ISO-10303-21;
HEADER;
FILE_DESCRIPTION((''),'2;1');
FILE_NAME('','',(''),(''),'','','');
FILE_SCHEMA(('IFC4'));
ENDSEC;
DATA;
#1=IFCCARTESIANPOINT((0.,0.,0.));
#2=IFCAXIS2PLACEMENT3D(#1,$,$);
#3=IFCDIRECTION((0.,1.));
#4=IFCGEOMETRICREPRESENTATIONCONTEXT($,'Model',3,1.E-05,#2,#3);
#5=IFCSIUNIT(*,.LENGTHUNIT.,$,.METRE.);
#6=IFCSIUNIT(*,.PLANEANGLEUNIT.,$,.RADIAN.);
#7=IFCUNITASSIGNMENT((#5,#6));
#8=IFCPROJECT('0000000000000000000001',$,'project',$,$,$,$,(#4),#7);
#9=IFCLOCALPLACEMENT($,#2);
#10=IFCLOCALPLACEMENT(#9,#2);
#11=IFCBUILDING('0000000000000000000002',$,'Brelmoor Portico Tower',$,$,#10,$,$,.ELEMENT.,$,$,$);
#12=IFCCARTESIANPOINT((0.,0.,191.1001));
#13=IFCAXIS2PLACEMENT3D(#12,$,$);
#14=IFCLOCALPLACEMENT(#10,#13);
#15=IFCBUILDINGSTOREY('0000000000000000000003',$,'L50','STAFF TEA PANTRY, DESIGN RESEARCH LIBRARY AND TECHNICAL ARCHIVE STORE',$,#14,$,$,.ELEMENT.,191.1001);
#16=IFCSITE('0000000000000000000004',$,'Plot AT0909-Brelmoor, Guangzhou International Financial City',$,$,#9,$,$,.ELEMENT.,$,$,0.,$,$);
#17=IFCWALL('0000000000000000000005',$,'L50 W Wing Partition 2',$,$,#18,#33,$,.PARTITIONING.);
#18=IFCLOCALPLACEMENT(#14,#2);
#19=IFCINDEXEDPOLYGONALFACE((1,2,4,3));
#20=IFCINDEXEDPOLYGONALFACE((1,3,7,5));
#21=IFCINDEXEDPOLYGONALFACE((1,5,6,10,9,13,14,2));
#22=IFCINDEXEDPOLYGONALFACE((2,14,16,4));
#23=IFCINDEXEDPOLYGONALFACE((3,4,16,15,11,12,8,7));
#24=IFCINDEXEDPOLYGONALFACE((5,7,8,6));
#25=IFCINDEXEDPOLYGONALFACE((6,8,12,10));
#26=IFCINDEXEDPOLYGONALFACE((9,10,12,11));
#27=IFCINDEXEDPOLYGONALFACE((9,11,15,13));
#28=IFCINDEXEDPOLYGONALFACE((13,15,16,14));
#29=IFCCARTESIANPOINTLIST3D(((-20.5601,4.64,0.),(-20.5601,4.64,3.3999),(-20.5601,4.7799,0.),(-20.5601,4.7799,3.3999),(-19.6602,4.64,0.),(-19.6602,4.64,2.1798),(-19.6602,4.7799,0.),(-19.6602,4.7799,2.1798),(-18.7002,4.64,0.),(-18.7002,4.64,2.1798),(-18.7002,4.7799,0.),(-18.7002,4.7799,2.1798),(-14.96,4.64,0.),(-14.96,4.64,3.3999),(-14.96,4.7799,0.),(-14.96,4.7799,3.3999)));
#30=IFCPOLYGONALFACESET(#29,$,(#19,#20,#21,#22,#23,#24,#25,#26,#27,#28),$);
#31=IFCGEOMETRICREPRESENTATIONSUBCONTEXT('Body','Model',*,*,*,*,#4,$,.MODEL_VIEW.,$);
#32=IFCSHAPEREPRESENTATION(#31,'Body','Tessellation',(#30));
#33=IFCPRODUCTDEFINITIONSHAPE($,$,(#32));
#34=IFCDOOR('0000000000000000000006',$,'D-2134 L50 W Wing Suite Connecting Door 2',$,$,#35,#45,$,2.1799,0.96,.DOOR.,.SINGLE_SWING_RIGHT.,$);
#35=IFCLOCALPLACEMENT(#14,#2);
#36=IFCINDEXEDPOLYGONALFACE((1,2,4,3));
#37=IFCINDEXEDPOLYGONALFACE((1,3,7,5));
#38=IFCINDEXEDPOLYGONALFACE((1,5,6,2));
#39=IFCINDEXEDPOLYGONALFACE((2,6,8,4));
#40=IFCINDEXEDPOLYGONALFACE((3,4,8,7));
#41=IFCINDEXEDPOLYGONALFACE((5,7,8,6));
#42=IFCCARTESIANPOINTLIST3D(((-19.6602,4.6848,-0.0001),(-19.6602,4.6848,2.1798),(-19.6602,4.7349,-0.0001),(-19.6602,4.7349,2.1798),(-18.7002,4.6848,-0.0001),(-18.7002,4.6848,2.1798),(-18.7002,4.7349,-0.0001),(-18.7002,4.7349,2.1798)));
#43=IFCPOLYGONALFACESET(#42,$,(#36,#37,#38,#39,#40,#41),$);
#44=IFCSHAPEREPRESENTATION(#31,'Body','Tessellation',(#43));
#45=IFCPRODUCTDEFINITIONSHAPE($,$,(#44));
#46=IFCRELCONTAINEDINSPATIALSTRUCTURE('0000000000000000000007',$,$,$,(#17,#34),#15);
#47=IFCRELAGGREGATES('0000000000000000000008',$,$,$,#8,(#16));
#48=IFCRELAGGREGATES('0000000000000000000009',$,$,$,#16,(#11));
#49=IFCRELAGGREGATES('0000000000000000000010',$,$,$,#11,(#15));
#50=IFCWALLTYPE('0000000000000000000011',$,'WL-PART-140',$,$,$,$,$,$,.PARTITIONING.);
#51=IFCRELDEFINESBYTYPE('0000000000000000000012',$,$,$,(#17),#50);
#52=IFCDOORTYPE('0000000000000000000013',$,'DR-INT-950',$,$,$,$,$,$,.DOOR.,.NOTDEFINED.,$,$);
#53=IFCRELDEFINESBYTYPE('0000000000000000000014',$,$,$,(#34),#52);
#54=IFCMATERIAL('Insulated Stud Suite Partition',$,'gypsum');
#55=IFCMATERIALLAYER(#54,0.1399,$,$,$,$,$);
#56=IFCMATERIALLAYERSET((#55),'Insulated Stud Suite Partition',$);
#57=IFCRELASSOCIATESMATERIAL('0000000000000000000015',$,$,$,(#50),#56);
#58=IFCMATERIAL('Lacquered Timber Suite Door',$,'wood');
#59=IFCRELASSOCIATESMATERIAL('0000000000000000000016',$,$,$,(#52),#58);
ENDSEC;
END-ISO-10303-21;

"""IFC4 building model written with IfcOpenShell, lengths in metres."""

from ifc_helpers import new_model, si_unit, direction, frame, frame_2d, origin, place, context, subcontext, project, spatial, rectangle, extrude, material, layer, layer_set, type_object, element, fill, save


model = new_model("IFC4")

# Units and contexts
model_context = context("Model", 3, precision=1e-05, world=origin(), true_north=direction((0.0, 1.0)))
body_context = subcontext(model_context, "Body", "Model", "MODEL_VIEW")
ifc_project = project(units=[si_unit("LENGTHUNIT", "METRE"), si_unit("PLANEANGLEUNIT", "RADIAN")], contexts=[model_context])

# Site, building, storey
site_placement = place(None, origin())
site = spatial("IfcSite", under=ifc_project, at=site_placement, Name="Plot AT0909-Brelmoor, Guangzhou International Financial City", CompositionType="ELEMENT", RefElevation=0.0)
building_placement = place(site_placement, origin())
building = spatial("IfcBuilding", under=site, at=building_placement, Name="Brelmoor Portico Tower", CompositionType="ELEMENT")
storey_placement = place(building_placement, frame((0.0, 0.0, 191.1001)))
storey = spatial("IfcBuildingStorey", under=building, at=storey_placement, Name="L50", Description="STAFF TEA PANTRY, DESIGN RESEARCH LIBRARY AND TECHNICAL ARCHIVE STORE", CompositionType="ELEMENT", Elevation=191.1001)

# Wall, opening, door
ifc_material_1 = material(Name="Insulated Stud Suite Partition", Category="gypsum")
ifc_layer_1 = layer(ifc_material_1, 0.1399)
ifc_layer_set_1 = layer_set([ifc_layer_1], Name="Insulated Stud Suite Partition")
wall_type = type_object("IfcWallType", Name="WL-PART-140", PredefinedType="PARTITIONING", material=ifc_layer_set_1)
wall_1_placement = place(storey_placement, frame((-20.5601, 4.71, 0.0), z_axis=(0.0, 0.0, 1.0), x_axis=(1.0, 0.0, 0.0)))
wall_1 = element("IfcWall", 1, at=wall_1_placement, inside=storey, type_object=wall_type, Name="L50 W Wing Partition 2", PredefinedType="PARTITIONING", context=body_context, shape_type="SweptSolid", body=[
    extrude(rectangle(XDim=5.6001, YDim=0.1399, at=frame_2d((2.8, 0.0))), origin(), (0.0, 0.0, 1.0), 3.3999),
])
opening_1_placement = place(wall_1_placement, frame((0.8999, 0.0, 0.0)))
opening_1 = element("IfcOpeningElement", 2, at=opening_1_placement, cuts=wall_1, PredefinedType="OPENING", context=body_context, shape_type="SweptSolid", body=[
    extrude(rectangle(XDim=0.96, YDim=2.1799, at=frame_2d((0.48, 1.0898))), frame((0.0, 0.0798, 0.0), z_axis=(0.0, -1.0, 0.0), x_axis=(1.0, 0.0, 0.0)), (0.0, 0.0, 1.0), 0.1599),
])
ifc_material_2 = material(Name="Lacquered Timber Suite Door", Category="wood")
door_type_1 = type_object("IfcDoorType", Name="DR-INT-950", OperationType="NOTDEFINED", PredefinedType="DOOR", material=ifc_material_2)
door_1_placement = place(opening_1_placement, origin())
door_1 = element("IfcDoor", 3, at=door_1_placement, inside=storey, type_object=door_type_1, Name="D-2134 L50 W Wing Suite Connecting Door 2", OperationType="SINGLE_SWING_RIGHT", OverallHeight=2.1799, OverallWidth=0.96, PredefinedType="DOOR", context=body_context, shape_type="SweptSolid", body=[
    extrude(rectangle(XDim=0.96, YDim=2.1799, at=frame_2d((0.48, 1.0898))), frame((0.0, 0.0249, 0.0), z_axis=(0.0, -1.0, 0.0), x_axis=(1.0, 0.0, 0.0)), (0.0, 0.0, 1.0), 0.05),
])
fill(opening_1, door_1)

save(model, "model.ifc")
